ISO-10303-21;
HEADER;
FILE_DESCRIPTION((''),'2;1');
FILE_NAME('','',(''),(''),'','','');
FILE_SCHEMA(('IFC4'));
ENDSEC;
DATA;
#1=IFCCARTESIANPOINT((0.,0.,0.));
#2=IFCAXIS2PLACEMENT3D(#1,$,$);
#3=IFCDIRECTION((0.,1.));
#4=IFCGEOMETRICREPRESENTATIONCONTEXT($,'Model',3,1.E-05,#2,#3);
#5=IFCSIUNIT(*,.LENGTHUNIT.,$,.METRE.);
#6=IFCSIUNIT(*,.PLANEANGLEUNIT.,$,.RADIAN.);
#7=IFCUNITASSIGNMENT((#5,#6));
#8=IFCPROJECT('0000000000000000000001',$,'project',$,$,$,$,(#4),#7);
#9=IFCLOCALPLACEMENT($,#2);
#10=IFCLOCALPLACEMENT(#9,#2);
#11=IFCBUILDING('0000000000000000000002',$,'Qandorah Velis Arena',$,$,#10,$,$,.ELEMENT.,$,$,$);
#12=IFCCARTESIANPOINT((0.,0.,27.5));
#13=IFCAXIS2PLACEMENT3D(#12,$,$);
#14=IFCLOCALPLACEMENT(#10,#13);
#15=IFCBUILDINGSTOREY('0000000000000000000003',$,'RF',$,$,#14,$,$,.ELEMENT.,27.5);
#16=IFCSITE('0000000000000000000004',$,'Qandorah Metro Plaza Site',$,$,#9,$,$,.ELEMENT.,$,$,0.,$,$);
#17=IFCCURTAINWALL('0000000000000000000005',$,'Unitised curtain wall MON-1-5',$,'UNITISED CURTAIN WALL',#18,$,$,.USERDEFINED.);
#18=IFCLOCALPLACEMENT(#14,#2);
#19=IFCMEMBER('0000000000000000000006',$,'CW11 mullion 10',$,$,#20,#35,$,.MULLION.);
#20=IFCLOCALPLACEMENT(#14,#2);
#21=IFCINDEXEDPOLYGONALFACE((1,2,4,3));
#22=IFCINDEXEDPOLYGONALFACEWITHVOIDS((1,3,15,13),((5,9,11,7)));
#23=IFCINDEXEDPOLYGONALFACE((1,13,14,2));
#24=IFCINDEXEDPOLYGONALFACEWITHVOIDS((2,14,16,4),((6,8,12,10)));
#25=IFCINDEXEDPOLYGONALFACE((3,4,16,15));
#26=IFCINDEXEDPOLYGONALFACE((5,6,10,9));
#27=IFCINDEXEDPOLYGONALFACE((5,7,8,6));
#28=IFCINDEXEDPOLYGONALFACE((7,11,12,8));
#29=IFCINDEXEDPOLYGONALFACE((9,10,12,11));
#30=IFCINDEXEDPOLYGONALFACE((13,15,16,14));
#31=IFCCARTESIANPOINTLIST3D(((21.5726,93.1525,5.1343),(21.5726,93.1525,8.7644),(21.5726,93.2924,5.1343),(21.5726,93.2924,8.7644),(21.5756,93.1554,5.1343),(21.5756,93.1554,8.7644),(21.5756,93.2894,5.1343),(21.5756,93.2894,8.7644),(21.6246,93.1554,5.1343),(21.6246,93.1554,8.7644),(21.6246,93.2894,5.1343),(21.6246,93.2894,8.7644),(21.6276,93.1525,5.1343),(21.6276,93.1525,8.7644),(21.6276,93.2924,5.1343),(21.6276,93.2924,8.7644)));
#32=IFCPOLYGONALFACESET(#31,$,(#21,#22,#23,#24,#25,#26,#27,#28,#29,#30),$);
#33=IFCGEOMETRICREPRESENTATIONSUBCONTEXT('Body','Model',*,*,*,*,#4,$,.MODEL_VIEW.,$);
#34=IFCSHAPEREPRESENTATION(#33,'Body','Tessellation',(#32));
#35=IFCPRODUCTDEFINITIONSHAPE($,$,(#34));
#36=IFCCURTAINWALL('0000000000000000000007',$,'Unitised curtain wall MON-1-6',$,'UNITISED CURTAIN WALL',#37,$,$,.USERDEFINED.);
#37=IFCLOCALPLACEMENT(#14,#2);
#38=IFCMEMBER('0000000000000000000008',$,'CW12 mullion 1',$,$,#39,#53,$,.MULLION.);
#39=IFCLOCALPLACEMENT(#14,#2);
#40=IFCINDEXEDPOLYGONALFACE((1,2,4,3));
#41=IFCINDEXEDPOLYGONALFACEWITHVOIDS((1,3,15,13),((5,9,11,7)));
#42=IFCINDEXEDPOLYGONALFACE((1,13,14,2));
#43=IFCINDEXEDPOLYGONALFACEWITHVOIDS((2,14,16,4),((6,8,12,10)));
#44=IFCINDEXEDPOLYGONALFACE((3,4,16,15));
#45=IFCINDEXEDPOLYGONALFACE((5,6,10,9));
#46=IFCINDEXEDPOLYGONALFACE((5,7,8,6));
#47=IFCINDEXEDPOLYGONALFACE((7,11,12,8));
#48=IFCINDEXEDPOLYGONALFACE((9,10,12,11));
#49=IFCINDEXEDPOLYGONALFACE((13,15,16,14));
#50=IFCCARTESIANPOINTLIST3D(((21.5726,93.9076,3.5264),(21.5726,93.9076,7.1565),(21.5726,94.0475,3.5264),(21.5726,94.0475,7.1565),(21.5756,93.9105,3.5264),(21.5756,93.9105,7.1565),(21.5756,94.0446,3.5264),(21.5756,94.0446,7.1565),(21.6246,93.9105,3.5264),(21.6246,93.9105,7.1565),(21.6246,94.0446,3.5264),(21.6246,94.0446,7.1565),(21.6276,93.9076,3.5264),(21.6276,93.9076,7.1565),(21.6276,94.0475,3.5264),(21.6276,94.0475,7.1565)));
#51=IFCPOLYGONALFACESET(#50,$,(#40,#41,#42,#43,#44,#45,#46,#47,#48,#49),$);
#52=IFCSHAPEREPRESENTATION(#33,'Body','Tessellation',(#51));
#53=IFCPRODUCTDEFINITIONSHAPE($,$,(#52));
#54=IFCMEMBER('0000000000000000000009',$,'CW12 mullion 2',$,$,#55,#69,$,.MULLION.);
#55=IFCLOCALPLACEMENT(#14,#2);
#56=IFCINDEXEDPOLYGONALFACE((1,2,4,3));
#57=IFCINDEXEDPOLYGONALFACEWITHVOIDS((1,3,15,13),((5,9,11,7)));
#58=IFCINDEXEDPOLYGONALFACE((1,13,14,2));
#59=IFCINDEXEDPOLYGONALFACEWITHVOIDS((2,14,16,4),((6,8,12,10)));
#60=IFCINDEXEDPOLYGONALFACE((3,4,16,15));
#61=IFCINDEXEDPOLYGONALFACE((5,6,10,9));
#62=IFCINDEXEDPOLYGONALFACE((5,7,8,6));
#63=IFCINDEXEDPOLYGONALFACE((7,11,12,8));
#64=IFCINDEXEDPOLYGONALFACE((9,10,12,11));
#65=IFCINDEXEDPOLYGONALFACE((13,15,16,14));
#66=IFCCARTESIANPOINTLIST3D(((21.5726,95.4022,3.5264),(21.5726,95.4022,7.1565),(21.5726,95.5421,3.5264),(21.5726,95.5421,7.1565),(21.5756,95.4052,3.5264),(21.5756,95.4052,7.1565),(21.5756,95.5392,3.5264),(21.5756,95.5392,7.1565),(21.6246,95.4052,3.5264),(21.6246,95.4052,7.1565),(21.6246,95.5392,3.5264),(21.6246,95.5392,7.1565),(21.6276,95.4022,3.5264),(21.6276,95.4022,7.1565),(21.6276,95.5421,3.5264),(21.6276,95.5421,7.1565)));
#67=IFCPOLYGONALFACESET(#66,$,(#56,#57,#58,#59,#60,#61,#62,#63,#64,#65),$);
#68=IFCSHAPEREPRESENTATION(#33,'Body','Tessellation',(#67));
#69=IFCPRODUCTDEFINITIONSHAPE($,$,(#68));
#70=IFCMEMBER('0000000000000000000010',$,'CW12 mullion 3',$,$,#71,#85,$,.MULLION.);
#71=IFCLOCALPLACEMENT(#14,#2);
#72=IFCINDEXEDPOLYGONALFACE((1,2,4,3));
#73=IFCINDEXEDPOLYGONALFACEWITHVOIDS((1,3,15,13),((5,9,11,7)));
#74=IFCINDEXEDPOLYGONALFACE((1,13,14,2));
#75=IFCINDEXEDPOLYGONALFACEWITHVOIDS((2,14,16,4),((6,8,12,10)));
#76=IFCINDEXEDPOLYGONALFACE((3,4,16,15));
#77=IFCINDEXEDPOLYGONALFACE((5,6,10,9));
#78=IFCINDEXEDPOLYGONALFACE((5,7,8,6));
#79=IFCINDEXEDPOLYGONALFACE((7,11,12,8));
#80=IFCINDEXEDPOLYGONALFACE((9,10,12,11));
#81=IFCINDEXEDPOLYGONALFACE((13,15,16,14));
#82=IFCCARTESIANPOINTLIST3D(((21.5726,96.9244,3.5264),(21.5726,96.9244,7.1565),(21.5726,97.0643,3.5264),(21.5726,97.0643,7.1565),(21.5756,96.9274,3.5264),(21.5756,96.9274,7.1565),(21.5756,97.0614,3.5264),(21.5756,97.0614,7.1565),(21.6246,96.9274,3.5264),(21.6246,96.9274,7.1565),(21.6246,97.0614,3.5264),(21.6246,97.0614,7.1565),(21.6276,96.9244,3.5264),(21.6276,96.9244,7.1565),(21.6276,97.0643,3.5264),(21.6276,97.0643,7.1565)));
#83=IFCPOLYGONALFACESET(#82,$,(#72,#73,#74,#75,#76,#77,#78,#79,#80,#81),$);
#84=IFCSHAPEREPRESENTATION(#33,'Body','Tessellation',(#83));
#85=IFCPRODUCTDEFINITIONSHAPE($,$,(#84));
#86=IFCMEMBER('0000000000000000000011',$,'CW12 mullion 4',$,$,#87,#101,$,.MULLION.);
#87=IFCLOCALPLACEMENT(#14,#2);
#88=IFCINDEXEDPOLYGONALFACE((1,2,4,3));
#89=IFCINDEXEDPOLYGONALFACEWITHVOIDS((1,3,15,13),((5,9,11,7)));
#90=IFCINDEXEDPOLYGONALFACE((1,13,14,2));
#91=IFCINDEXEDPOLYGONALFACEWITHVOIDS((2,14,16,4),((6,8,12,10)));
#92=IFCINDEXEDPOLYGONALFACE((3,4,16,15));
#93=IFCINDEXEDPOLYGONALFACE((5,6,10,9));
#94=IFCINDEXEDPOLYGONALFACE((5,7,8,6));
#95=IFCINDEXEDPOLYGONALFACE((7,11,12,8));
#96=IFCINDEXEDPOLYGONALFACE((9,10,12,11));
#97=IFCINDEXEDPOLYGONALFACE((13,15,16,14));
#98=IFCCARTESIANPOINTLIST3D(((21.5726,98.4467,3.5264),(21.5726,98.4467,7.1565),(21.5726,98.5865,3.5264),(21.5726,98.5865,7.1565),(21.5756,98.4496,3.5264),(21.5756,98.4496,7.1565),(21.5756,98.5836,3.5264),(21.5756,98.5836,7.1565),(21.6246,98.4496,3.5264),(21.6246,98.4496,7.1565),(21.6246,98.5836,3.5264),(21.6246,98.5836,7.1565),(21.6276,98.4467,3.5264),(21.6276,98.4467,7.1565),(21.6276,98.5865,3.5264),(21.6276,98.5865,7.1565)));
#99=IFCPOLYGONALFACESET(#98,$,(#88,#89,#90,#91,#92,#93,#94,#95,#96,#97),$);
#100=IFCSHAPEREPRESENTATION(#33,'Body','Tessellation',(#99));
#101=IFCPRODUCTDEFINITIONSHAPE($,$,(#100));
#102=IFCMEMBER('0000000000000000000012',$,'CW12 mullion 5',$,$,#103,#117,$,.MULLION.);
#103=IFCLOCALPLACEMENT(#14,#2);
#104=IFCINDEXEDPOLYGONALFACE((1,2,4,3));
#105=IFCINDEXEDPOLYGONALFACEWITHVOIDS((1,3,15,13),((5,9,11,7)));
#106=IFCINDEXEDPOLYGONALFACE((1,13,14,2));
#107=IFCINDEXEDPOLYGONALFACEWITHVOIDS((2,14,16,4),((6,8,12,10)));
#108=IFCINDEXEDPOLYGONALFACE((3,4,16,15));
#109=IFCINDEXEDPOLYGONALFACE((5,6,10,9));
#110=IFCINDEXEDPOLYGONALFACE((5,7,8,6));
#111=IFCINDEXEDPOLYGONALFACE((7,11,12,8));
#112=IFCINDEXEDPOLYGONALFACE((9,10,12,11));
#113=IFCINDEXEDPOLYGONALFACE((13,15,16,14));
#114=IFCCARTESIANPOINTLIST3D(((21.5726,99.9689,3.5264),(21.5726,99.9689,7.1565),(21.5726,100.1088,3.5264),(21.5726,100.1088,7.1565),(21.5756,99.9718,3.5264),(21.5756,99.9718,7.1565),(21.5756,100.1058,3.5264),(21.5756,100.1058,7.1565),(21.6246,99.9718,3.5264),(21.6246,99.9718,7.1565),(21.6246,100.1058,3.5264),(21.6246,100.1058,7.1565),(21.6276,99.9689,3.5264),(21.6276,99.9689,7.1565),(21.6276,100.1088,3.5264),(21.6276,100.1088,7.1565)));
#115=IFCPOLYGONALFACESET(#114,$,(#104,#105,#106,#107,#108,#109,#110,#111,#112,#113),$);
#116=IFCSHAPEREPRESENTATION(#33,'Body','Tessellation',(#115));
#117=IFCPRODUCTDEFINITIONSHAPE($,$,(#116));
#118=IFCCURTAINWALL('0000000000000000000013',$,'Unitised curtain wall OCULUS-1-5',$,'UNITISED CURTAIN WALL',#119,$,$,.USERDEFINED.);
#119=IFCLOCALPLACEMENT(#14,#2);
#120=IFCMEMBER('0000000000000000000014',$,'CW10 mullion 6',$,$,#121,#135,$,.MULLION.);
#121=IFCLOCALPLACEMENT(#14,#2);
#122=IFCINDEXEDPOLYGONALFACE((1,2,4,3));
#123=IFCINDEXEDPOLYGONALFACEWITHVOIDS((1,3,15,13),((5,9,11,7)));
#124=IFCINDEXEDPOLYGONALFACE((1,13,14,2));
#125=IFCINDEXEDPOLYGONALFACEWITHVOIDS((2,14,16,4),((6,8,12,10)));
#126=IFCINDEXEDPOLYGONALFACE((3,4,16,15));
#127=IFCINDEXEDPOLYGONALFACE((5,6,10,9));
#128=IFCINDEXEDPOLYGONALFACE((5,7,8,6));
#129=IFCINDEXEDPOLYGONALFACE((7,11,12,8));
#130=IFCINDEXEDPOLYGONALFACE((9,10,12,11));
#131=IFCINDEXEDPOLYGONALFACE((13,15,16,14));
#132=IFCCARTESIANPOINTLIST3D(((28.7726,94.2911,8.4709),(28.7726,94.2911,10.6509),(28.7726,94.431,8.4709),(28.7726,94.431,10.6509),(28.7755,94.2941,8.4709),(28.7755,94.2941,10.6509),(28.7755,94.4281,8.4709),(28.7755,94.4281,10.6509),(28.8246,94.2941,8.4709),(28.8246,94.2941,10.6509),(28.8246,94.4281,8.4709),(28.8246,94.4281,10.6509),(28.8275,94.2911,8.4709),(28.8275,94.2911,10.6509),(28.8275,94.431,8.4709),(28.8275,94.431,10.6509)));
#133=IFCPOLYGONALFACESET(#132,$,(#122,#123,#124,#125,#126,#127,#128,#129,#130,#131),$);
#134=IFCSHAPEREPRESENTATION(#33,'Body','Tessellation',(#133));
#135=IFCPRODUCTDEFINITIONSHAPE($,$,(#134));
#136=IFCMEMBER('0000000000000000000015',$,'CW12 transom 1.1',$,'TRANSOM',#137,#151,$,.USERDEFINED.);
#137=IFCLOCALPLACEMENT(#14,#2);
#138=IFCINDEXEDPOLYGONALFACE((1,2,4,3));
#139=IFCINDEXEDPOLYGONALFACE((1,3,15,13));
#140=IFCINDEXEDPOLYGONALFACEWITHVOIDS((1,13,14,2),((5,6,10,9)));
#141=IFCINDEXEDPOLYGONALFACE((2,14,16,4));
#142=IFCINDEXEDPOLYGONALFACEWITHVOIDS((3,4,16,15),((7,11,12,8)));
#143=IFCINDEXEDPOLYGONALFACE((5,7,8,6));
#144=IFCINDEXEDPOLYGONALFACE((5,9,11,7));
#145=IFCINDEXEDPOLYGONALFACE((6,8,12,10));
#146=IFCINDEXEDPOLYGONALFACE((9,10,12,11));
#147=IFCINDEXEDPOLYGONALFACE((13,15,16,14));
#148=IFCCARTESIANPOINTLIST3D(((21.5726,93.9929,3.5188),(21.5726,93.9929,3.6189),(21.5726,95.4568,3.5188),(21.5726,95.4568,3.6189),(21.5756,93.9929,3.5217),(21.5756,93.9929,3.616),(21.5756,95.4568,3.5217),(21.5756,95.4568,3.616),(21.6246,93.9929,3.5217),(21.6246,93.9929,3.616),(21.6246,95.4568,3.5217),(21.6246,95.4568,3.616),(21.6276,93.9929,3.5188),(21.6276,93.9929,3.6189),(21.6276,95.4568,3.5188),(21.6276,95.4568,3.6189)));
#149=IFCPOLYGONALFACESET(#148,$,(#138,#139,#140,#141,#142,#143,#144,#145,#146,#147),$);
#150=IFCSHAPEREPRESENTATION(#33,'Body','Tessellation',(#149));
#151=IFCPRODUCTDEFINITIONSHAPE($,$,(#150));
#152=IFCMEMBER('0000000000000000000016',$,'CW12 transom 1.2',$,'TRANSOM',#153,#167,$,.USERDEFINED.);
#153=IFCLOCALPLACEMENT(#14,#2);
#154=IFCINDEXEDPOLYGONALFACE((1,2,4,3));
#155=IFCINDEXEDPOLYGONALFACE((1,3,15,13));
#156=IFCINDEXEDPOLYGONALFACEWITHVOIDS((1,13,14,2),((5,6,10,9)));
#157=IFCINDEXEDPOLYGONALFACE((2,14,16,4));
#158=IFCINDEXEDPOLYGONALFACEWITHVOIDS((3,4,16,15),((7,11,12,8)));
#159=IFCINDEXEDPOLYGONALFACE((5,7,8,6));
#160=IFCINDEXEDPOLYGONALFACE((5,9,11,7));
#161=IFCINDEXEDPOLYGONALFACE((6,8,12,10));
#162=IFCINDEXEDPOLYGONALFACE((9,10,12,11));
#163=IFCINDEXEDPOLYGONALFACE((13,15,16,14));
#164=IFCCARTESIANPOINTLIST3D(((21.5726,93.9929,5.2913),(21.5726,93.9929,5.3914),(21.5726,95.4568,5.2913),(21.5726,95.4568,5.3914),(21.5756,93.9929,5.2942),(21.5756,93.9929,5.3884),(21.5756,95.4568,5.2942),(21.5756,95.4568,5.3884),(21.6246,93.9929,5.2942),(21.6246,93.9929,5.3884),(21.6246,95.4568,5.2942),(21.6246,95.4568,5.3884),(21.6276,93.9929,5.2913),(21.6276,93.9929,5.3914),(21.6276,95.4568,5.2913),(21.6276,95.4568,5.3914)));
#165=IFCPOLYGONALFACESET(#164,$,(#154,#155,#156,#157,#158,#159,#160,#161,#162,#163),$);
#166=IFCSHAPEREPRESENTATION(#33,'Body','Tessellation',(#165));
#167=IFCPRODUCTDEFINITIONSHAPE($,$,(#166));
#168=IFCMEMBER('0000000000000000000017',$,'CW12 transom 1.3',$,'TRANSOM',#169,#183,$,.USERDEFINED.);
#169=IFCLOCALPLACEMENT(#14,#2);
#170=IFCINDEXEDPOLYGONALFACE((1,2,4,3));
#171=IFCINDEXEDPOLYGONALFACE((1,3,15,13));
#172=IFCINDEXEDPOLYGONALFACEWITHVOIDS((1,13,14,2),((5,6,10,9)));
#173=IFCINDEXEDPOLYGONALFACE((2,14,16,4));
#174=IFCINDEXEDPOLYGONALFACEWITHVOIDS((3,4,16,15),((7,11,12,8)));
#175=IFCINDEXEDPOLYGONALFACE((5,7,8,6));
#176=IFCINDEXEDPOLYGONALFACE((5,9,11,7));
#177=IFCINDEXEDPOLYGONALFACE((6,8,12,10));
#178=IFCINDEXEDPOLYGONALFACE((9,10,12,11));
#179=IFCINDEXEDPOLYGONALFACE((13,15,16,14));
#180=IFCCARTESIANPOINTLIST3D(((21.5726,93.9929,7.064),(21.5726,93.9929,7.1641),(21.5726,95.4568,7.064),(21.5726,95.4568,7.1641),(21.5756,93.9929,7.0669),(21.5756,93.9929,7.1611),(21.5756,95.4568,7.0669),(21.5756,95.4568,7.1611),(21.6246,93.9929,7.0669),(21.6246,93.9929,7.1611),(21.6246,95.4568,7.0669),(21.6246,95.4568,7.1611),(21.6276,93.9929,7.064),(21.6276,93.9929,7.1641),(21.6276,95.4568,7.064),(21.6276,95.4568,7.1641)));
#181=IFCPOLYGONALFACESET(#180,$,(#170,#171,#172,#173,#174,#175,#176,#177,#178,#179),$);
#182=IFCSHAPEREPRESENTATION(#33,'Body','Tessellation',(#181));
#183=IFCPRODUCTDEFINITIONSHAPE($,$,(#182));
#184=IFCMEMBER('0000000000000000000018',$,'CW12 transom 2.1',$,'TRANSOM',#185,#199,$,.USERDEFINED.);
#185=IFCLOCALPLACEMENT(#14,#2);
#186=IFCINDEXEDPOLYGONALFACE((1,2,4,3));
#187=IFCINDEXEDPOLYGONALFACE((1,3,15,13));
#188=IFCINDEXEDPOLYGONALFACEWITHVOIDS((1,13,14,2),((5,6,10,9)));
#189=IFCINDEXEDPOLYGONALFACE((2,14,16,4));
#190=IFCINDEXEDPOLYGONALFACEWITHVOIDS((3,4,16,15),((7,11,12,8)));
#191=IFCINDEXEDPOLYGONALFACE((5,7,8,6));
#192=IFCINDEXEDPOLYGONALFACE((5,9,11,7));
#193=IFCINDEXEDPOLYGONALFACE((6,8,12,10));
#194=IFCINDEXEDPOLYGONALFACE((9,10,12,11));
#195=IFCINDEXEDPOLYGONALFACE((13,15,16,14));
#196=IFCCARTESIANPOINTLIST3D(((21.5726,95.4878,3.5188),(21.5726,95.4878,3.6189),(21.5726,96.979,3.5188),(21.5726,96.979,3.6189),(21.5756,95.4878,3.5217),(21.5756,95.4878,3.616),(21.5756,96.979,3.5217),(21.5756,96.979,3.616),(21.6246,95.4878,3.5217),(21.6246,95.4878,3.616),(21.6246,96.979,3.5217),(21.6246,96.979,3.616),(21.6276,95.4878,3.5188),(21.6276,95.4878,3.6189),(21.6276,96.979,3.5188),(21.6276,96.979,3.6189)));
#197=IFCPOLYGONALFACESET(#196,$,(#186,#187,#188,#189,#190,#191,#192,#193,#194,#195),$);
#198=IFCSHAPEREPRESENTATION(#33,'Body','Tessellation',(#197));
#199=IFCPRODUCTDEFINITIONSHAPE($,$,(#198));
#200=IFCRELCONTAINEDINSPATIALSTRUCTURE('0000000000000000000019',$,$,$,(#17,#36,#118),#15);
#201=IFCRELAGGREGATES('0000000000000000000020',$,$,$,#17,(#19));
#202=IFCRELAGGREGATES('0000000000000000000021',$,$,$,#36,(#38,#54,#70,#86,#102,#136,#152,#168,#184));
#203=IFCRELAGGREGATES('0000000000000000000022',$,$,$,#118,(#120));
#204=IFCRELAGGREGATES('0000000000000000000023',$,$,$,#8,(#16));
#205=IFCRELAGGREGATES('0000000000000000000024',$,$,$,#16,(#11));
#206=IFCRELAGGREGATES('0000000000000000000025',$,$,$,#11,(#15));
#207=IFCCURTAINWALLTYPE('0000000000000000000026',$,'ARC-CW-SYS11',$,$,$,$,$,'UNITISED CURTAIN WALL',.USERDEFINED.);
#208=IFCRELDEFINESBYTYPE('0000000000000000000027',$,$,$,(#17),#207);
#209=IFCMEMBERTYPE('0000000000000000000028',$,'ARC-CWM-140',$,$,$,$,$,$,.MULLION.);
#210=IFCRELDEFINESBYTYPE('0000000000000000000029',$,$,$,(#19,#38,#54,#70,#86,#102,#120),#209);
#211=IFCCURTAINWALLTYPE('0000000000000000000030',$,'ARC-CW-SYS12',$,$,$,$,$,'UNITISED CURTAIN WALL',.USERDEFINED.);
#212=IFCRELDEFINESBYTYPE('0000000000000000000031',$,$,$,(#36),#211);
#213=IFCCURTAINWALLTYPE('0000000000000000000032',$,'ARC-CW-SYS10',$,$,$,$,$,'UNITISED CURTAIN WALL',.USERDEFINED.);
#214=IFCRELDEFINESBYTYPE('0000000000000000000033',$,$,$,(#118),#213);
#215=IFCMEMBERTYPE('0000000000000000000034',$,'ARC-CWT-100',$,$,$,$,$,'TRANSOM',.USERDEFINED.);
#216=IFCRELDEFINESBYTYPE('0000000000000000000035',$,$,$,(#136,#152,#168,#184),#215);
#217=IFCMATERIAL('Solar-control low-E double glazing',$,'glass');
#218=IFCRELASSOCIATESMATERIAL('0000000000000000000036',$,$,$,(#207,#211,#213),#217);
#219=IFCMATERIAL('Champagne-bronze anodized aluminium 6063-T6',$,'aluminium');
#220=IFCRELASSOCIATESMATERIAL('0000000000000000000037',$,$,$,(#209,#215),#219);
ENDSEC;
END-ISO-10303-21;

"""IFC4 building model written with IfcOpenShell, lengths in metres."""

from ifc_helpers import new_model, si_unit, direction, frame, origin, origin_2d, place, context, subcontext, project, spatial, hollow_rectangle, extrude, material, material_profile, profile_set, type_object, element, aggregate, save


model = new_model("IFC4")

# Units and contexts
model_context = context("Model", 3, precision=1e-05, world=origin(), true_north=direction((0.0, 1.0)))
body_context = subcontext(model_context, "Body", "Model", "MODEL_VIEW")
ifc_project = project(units=[si_unit("LENGTHUNIT", "METRE"), si_unit("PLANEANGLEUNIT", "RADIAN")], contexts=[model_context])

# Site, building, storey
site_placement = place(None, origin())
site = spatial("IfcSite", under=ifc_project, at=site_placement, Name="Qandorah Metro Plaza Site", CompositionType="ELEMENT", RefElevation=0.0)
building_placement = place(site_placement, origin())
building = spatial("IfcBuilding", under=site, at=building_placement, Name="Qandorah Velis Arena", CompositionType="ELEMENT")
storey_placement = place(building_placement, frame((0.0, 0.0, 27.5)))
storey = spatial("IfcBuildingStorey", under=building, at=storey_placement, Name="RF", CompositionType="ELEMENT", Elevation=27.5)

# Curtain wall, member
ifc_material_1 = material(Name="Solar-control low-E double glazing", Category="glass")
curtain_wall_type_1 = type_object("IfcCurtainWallType", Name="ARC-CW-SYS11", ElementType="UNITISED CURTAIN WALL", PredefinedType="USERDEFINED", material=ifc_material_1)
curtain_wall_1_placement = place(storey_placement, origin())
curtain_wall_1 = element("IfcCurtainWall", 1, at=curtain_wall_1_placement, inside=storey, type_object=curtain_wall_type_1, Name="Unitised curtain wall MON-1-5", ObjectType="UNITISED CURTAIN WALL", PredefinedType="USERDEFINED")
ifc_material_2 = material(Name="Champagne-bronze anodized aluminium 6063-T6", Category="aluminium")
ifc_material_profile_1 = material_profile(ifc_material_2, hollow_rectangle(XDim=0.0549, YDim=0.1399, WallThickness=0.0029, at=origin_2d()), Name="ALU MULLION 55x140")
ifc_profile_set_1 = profile_set([ifc_material_profile_1], Name="Champagne-bronze anodized aluminium 6063-T6")
member_type_1 = type_object("IfcMemberType", Name="ARC-CWM-140", PredefinedType="MULLION", material=ifc_profile_set_1)
member_1_placement = place(storey_placement, frame((21.6001, 93.2224, 5.1343), z_axis=(0.0, 0.0, 1.0), x_axis=(-1.0, 0.0, 0.0)))
member_1 = element("IfcMember", 2, at=member_1_placement, type_object=member_type_1, Name="CW11 mullion 10", PredefinedType="MULLION", context=body_context, shape_type="SweptSolid", body=[
    extrude(hollow_rectangle(XDim=0.0549, YDim=0.1399, WallThickness=0.0029, at=origin_2d()), origin(), (0.0, 0.0, 1.0), 3.6301),
])
aggregate(curtain_wall_1, [member_1])

# Curtain wall, members
curtain_wall_type_2 = type_object("IfcCurtainWallType", Name="ARC-CW-SYS12", ElementType="UNITISED CURTAIN WALL", PredefinedType="USERDEFINED", material=ifc_material_1)
curtain_wall_2_placement = place(storey_placement, origin())
curtain_wall_2 = element("IfcCurtainWall", 3, at=curtain_wall_2_placement, inside=storey, type_object=curtain_wall_type_2, Name="Unitised curtain wall MON-1-6", ObjectType="UNITISED CURTAIN WALL", PredefinedType="USERDEFINED")
member_2_placement = place(storey_placement, frame((21.6001, 93.9775, 3.5264), z_axis=(0.0, 0.0, 1.0), x_axis=(-1.0, 0.0, 0.0)))
member_2 = element("IfcMember", 4, at=member_2_placement, type_object=member_type_1, Name="CW12 mullion 1", PredefinedType="MULLION", context=body_context, shape_type="SweptSolid", body=[
    extrude(hollow_rectangle(XDim=0.0549, YDim=0.1399, WallThickness=0.0029, at=origin_2d()), origin(), (0.0, 0.0, 1.0), 3.6301),
])
member_3_placement = place(storey_placement, frame((21.6001, 95.4722, 3.5264), z_axis=(0.0, 0.0, 1.0), x_axis=(-1.0, 0.0, 0.0)))
member_3 = element("IfcMember", 5, at=member_3_placement, type_object=member_type_1, Name="CW12 mullion 2", PredefinedType="MULLION", context=body_context, shape_type="SweptSolid", body=[
    extrude(hollow_rectangle(XDim=0.0549, YDim=0.1399, WallThickness=0.0029, at=origin_2d()), origin(), (0.0, 0.0, 1.0), 3.6301),
])
member_4_placement = place(storey_placement, frame((21.6001, 96.9944, 3.5264), z_axis=(0.0, 0.0, 1.0), x_axis=(-1.0, 0.0, 0.0)))
member_4 = element("IfcMember", 6, at=member_4_placement, type_object=member_type_1, Name="CW12 mullion 3", PredefinedType="MULLION", context=body_context, shape_type="SweptSolid", body=[
    extrude(hollow_rectangle(XDim=0.0549, YDim=0.1399, WallThickness=0.0029, at=origin_2d()), origin(), (0.0, 0.0, 1.0), 3.6301),
])
member_5_placement = place(storey_placement, frame((21.6001, 98.5166, 3.5264), z_axis=(0.0, 0.0, 1.0), x_axis=(-1.0, 0.0, 0.0)))
member_5 = element("IfcMember", 7, at=member_5_placement, type_object=member_type_1, Name="CW12 mullion 4", PredefinedType="MULLION", context=body_context, shape_type="SweptSolid", body=[
    extrude(hollow_rectangle(XDim=0.0549, YDim=0.1399, WallThickness=0.0029, at=origin_2d()), origin(), (0.0, 0.0, 1.0), 3.6301),
])
member_6_placement = place(storey_placement, frame((21.6001, 100.0388, 3.5264), z_axis=(0.0, 0.0, 1.0), x_axis=(-1.0, 0.0, 0.0)))
member_6 = element("IfcMember", 8, at=member_6_placement, type_object=member_type_1, Name="CW12 mullion 5", PredefinedType="MULLION", context=body_context, shape_type="SweptSolid", body=[
    extrude(hollow_rectangle(XDim=0.0549, YDim=0.1399, WallThickness=0.0029, at=origin_2d()), origin(), (0.0, 0.0, 1.0), 3.6301),
])

# Curtain wall, member
curtain_wall_type_3 = type_object("IfcCurtainWallType", Name="ARC-CW-SYS10", ElementType="UNITISED CURTAIN WALL", PredefinedType="USERDEFINED", material=ifc_material_1)
curtain_wall_3_placement = place(storey_placement, origin())
curtain_wall_3 = element("IfcCurtainWall", 9, at=curtain_wall_3_placement, inside=storey, type_object=curtain_wall_type_3, Name="Unitised curtain wall OCULUS-1-5", ObjectType="UNITISED CURTAIN WALL", PredefinedType="USERDEFINED")
member_7_placement = place(storey_placement, frame((28.8, 94.3611, 8.4709), z_axis=(0.0, 0.0, 1.0), x_axis=(-1.0, 0.0, 0.0)))
member_7 = element("IfcMember", 10, at=member_7_placement, type_object=member_type_1, Name="CW10 mullion 6", PredefinedType="MULLION", context=body_context, shape_type="SweptSolid", body=[
    extrude(hollow_rectangle(XDim=0.0549, YDim=0.1399, WallThickness=0.0029, at=origin_2d()), origin(), (0.0, 0.0, 1.0), 2.1799),
])

# Members
ifc_material_profile_2 = material_profile(ifc_material_2, hollow_rectangle(XDim=0.0549, YDim=0.1001, WallThickness=0.0029, at=origin_2d()), Name="ALU TRANSOM 55x100")
ifc_profile_set_2 = profile_set([ifc_material_profile_2], Name="Champagne-bronze anodized aluminium 6063-T6")
member_type_2 = type_object("IfcMemberType", Name="ARC-CWT-100", ElementType="TRANSOM", PredefinedType="USERDEFINED", material=ifc_profile_set_2)
member_8_placement = place(storey_placement, frame((21.6001, 93.9929, 3.5688), z_axis=(0.0, 1.0, 0.0), x_axis=(-1.0, 0.0, 0.0)))
member_8 = element("IfcMember", 11, at=member_8_placement, type_object=member_type_2, Name="CW12 transom 1.1", ObjectType="TRANSOM", PredefinedType="USERDEFINED", context=body_context, shape_type="SweptSolid", body=[
    extrude(hollow_rectangle(XDim=0.0549, YDim=0.1001, WallThickness=0.0029, at=origin_2d()), origin(), (0.0, 0.0, 1.0), 1.4639),
])
member_9_placement = place(storey_placement, frame((21.6001, 93.9929, 5.3413), z_axis=(0.0, 1.0, 0.0), x_axis=(-1.0, 0.0, 0.0)))
member_9 = element("IfcMember", 12, at=member_9_placement, type_object=member_type_2, Name="CW12 transom 1.2", ObjectType="TRANSOM", PredefinedType="USERDEFINED", context=body_context, shape_type="SweptSolid", body=[
    extrude(hollow_rectangle(XDim=0.0549, YDim=0.1001, WallThickness=0.0029, at=origin_2d()), origin(), (0.0, 0.0, 1.0), 1.4639),
])
member_10_placement = place(storey_placement, frame((21.6001, 93.9929, 7.114), z_axis=(0.0, 1.0, 0.0), x_axis=(-1.0, 0.0, 0.0)))
member_10 = element("IfcMember", 13, at=member_10_placement, type_object=member_type_2, Name="CW12 transom 1.3", ObjectType="TRANSOM", PredefinedType="USERDEFINED", context=body_context, shape_type="SweptSolid", body=[
    extrude(hollow_rectangle(XDim=0.0549, YDim=0.1001, WallThickness=0.0029, at=origin_2d()), origin(), (0.0, 0.0, 1.0), 1.4639),
])
member_11_placement = place(storey_placement, frame((21.6001, 95.4878, 3.5688), z_axis=(0.0, 1.0, 0.0), x_axis=(-1.0, 0.0, 0.0)))
member_11 = element("IfcMember", 14, at=member_11_placement, type_object=member_type_2, Name="CW12 transom 2.1", ObjectType="TRANSOM", PredefinedType="USERDEFINED", context=body_context, shape_type="SweptSolid", body=[
    extrude(hollow_rectangle(XDim=0.0549, YDim=0.1001, WallThickness=0.0029, at=origin_2d()), origin(), (0.0, 0.0, 1.0), 1.4912),
])

aggregate(curtain_wall_2, [member_2, member_3, member_4, member_5, member_6, member_8, member_9, member_10, member_11])
aggregate(curtain_wall_3, [member_7])

save(model, "model.ifc")
